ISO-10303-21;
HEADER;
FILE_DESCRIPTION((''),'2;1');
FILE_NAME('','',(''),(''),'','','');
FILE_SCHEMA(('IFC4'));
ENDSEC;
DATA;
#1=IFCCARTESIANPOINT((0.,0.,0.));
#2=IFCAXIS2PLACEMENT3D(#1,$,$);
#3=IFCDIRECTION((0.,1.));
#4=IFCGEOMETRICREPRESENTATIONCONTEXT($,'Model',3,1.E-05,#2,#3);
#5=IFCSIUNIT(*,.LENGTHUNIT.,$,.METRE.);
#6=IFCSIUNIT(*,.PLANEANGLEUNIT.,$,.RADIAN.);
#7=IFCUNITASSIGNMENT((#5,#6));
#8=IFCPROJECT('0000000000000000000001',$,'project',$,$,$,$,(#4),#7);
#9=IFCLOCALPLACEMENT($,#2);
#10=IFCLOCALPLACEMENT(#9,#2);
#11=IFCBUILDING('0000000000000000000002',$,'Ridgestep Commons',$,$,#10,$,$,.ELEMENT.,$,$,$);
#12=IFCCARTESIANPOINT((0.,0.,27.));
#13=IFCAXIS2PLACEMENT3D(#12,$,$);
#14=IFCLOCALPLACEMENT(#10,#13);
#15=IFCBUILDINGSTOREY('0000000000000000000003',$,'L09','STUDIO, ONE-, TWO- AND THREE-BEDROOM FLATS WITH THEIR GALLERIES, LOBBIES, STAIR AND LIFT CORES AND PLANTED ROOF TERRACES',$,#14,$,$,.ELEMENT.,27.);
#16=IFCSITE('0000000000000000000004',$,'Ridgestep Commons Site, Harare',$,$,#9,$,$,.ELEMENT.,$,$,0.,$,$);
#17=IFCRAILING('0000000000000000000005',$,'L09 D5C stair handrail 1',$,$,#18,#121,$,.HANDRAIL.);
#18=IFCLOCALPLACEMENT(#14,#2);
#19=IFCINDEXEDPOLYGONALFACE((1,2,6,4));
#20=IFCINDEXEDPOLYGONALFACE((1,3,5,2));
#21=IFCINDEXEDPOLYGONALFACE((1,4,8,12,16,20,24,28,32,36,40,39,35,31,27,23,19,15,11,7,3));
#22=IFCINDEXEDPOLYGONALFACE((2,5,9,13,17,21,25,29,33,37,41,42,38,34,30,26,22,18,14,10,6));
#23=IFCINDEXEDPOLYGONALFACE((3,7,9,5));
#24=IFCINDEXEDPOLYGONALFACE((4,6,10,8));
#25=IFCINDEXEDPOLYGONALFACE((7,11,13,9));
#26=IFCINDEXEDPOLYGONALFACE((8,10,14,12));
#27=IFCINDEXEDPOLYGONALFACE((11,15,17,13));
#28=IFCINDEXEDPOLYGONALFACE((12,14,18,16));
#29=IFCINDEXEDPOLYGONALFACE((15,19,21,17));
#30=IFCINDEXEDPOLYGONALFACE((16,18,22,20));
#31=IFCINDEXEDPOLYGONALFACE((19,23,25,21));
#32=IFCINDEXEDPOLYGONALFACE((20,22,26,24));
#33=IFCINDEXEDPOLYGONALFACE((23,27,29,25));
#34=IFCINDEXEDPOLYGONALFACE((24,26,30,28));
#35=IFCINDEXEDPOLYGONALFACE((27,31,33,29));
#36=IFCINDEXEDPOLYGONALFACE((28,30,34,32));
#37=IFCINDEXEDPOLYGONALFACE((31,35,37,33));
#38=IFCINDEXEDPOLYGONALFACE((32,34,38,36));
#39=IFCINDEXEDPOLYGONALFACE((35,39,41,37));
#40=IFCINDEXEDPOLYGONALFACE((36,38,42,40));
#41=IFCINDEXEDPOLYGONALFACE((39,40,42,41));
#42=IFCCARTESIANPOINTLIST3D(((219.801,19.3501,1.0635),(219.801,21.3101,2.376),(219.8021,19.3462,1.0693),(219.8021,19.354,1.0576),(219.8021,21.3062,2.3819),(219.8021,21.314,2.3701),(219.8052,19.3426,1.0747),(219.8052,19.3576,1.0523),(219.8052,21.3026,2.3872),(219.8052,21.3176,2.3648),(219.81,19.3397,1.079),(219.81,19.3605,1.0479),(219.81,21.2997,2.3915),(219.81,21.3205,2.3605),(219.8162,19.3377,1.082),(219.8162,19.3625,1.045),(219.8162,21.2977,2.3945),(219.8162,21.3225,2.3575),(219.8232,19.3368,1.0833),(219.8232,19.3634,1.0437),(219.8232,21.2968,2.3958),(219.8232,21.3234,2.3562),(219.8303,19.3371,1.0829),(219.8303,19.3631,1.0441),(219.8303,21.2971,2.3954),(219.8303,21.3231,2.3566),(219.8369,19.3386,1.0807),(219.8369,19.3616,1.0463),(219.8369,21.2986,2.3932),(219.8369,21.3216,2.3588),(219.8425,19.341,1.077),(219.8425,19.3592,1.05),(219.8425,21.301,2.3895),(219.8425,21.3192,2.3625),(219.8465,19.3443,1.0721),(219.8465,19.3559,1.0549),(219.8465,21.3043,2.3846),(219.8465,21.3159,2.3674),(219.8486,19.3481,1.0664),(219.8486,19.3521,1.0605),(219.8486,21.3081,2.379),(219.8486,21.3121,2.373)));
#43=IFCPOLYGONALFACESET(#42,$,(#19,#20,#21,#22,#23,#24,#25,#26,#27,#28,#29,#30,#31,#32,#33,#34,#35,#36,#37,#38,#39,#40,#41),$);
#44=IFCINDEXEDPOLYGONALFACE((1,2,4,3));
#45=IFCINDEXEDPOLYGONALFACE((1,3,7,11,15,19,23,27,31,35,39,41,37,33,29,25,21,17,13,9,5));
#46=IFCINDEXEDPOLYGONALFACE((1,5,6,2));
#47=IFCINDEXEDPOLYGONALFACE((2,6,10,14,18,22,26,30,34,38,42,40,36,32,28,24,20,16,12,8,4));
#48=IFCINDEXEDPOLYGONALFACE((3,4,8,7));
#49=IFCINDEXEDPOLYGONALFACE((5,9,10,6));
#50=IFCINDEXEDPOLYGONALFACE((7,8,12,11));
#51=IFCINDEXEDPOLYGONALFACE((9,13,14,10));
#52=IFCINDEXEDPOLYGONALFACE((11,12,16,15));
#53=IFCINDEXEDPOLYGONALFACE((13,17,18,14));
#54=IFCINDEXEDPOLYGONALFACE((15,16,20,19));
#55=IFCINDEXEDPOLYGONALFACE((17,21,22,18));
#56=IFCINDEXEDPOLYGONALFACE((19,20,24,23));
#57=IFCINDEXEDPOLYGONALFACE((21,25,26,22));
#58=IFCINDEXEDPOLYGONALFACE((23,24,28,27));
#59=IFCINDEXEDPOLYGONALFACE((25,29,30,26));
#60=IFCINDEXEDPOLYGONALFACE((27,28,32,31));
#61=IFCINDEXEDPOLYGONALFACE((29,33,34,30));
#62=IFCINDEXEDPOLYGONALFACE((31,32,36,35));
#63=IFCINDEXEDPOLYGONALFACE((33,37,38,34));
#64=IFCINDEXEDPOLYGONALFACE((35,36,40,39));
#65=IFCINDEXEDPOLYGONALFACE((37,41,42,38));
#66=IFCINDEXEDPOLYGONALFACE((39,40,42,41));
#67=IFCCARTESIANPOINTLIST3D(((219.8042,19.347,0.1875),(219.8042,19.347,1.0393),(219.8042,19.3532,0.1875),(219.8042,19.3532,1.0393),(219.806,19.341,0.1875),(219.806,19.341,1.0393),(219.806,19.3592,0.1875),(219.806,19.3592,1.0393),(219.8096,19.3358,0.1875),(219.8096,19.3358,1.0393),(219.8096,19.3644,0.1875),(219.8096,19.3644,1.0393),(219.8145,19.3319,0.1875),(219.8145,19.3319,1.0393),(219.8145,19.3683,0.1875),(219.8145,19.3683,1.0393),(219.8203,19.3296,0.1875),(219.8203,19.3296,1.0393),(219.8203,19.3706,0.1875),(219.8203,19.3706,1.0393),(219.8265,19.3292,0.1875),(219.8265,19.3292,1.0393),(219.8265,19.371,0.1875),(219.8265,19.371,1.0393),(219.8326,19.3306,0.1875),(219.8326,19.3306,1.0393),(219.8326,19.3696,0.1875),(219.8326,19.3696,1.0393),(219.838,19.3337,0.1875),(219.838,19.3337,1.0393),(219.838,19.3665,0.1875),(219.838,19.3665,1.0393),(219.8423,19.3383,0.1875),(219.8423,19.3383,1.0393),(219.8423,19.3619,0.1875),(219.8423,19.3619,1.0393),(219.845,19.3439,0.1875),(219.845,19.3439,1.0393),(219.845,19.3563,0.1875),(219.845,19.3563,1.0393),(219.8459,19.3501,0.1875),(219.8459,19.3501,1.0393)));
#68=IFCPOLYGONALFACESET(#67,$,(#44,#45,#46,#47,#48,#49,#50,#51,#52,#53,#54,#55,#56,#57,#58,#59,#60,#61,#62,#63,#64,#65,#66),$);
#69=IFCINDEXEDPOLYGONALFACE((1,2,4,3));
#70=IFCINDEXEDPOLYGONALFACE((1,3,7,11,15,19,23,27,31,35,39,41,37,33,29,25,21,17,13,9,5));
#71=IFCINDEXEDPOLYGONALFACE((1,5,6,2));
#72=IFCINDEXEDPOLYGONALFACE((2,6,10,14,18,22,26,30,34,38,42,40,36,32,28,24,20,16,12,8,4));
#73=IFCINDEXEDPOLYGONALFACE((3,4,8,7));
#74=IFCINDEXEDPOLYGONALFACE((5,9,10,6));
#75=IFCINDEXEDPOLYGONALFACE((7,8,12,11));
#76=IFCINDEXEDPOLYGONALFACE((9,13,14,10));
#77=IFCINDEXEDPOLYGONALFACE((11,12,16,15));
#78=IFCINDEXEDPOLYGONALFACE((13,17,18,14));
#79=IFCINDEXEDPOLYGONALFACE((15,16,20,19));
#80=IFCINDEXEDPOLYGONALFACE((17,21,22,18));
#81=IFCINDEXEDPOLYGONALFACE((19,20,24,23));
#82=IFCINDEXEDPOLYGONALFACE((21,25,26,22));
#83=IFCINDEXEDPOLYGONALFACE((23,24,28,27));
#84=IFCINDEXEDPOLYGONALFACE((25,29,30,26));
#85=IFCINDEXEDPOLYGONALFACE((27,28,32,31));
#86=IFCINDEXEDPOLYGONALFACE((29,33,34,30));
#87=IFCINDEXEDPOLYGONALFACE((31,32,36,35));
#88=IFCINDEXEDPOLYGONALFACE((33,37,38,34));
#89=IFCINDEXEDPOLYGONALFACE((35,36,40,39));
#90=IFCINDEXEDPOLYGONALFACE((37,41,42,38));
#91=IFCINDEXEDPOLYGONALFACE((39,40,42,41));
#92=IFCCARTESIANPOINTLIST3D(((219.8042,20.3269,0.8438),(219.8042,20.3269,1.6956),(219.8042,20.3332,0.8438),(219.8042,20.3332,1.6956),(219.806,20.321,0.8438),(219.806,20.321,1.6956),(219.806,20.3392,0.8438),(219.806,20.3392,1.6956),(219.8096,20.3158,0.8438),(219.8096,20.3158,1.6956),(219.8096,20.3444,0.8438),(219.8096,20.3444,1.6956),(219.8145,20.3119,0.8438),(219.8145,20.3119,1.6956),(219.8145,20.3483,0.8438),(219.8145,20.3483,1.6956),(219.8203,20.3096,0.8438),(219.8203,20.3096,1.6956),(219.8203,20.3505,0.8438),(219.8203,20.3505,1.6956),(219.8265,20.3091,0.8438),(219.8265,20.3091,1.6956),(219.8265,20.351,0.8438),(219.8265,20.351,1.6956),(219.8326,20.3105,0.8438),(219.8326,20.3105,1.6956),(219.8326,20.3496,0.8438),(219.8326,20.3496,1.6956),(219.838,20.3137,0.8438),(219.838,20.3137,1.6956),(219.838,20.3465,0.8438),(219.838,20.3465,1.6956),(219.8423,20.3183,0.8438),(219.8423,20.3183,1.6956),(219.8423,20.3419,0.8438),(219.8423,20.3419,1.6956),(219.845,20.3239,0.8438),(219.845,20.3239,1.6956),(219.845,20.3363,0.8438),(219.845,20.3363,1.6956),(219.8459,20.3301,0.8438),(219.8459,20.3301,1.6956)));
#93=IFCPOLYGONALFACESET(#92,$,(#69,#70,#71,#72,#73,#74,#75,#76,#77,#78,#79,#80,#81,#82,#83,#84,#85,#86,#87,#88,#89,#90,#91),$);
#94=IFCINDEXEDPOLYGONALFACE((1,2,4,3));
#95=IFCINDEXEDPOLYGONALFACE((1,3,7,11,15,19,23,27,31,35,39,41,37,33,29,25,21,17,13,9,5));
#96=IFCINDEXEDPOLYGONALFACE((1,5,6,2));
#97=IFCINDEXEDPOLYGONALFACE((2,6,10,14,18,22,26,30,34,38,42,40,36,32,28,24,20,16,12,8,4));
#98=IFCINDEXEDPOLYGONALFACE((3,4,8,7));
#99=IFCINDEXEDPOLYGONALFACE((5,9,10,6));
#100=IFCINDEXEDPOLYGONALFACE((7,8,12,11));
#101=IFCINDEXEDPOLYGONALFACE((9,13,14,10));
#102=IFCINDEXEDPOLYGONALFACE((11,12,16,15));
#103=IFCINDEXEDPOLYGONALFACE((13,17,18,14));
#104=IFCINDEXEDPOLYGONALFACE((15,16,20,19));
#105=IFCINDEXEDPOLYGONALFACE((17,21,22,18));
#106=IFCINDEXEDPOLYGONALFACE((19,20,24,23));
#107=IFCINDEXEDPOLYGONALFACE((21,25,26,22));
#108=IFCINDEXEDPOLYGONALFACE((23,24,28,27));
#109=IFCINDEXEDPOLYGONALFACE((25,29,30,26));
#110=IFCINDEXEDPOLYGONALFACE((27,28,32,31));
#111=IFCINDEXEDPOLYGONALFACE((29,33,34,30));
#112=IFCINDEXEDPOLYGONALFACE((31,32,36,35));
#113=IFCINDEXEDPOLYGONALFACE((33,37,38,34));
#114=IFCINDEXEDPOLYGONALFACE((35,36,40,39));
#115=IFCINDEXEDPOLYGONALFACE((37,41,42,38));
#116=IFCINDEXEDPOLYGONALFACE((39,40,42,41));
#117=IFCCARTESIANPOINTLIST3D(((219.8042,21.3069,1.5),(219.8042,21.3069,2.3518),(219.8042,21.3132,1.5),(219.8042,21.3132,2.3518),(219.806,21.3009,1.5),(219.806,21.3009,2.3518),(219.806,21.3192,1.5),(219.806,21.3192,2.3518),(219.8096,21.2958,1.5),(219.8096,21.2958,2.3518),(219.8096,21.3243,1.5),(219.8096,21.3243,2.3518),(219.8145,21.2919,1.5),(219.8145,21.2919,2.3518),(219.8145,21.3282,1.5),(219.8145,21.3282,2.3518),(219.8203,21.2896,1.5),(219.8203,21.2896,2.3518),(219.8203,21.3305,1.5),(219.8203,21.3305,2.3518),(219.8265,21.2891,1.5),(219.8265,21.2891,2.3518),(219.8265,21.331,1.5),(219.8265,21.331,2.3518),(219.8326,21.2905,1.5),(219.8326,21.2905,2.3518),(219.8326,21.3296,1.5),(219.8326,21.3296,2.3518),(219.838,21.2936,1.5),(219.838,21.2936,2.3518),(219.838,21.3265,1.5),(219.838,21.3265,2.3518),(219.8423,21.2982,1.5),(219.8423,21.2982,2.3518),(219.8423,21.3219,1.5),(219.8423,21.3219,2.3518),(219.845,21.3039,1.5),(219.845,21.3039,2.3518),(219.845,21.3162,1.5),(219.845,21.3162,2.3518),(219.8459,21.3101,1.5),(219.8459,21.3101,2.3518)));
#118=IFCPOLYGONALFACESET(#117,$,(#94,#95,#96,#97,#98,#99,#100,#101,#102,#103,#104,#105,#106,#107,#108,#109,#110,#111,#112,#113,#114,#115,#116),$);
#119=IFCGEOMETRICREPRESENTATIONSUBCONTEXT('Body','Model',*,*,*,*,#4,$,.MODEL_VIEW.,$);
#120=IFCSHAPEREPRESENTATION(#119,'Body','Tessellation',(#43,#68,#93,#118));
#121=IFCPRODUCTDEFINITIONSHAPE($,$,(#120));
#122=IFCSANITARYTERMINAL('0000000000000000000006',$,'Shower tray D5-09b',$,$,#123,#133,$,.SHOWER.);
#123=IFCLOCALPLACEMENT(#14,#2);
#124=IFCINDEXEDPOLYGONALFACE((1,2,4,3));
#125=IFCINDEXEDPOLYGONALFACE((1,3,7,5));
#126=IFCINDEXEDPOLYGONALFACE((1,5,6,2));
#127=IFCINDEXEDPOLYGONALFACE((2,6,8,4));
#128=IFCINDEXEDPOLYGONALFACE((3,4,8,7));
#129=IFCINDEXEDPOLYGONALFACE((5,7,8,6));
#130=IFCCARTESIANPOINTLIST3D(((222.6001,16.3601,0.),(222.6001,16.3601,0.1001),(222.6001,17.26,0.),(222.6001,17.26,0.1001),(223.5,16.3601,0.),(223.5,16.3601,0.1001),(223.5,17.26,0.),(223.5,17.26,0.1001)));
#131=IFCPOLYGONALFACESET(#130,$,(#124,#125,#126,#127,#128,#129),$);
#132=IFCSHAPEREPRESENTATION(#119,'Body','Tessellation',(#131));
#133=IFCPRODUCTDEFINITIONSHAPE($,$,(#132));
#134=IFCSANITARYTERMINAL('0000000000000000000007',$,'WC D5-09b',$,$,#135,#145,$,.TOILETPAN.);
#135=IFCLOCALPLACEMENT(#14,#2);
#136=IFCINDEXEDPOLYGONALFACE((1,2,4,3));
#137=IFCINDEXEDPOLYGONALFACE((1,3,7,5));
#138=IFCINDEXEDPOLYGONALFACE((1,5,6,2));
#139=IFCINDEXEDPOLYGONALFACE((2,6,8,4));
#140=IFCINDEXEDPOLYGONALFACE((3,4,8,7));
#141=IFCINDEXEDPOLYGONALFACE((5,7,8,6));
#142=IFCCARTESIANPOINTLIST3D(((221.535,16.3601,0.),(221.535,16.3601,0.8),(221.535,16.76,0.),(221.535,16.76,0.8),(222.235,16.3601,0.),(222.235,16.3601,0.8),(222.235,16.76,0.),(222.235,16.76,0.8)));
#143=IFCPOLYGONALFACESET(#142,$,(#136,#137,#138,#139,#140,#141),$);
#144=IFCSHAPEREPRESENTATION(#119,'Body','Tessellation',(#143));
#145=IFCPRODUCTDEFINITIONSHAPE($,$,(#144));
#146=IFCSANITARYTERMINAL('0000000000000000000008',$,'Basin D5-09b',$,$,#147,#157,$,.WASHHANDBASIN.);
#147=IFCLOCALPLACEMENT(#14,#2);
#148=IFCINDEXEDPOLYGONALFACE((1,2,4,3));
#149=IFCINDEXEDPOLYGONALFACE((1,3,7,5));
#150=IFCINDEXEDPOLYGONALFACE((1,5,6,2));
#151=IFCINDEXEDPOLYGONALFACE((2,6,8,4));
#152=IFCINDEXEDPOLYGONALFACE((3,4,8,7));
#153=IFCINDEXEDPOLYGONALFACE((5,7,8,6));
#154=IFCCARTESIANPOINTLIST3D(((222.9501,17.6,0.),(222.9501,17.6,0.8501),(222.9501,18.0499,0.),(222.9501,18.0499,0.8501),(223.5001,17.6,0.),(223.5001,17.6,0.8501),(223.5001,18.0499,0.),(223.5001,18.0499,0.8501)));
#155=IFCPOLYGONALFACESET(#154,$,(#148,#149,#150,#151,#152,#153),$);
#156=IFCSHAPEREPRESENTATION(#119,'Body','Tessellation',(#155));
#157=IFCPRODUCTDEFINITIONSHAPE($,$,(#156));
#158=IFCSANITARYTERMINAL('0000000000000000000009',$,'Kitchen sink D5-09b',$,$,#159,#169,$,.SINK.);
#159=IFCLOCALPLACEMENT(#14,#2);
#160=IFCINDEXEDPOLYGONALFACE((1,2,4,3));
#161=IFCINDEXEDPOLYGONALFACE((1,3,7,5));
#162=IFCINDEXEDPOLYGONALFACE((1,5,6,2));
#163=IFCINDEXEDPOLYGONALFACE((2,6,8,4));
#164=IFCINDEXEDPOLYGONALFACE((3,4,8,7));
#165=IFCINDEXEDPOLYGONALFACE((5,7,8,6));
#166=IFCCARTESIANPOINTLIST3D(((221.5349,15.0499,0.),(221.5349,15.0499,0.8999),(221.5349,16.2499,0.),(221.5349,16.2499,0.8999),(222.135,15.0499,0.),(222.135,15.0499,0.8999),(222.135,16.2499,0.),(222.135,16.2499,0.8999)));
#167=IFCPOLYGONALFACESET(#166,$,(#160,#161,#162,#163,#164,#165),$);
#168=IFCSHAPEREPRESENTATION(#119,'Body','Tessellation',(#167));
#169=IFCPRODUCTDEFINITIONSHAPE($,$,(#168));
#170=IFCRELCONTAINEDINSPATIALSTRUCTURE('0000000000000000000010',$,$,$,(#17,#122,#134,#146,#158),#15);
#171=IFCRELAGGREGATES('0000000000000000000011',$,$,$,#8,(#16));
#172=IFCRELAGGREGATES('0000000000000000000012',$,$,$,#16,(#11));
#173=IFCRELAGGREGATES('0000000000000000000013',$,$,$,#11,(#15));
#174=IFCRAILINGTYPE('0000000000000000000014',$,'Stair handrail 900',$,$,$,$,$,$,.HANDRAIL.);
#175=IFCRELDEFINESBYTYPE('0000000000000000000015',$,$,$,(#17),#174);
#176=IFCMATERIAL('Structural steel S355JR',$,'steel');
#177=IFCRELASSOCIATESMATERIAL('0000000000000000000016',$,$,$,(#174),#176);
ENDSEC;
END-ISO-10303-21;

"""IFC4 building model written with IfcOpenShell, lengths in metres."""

from ifc_helpers import new_model, si_unit, direction, frame, origin, origin_2d, place, context, subcontext, project, spatial, rectangle, circle, extrude, material, type_object, element, save


model = new_model("IFC4")

# Units and contexts
model_context = context("Model", 3, precision=1e-05, world=origin(), true_north=direction((0.0, 1.0)))
body_context = subcontext(model_context, "Body", "Model", "MODEL_VIEW")
ifc_project = project(units=[si_unit("LENGTHUNIT", "METRE"), si_unit("PLANEANGLEUNIT", "RADIAN")], contexts=[model_context])

# Site, building, storey
site_placement = place(None, origin())
site = spatial("IfcSite", under=ifc_project, at=site_placement, Name="Ridgestep Commons Site, Harare", CompositionType="ELEMENT", RefElevation=0.0)
building_placement = place(site_placement, origin())
building = spatial("IfcBuilding", under=site, at=building_placement, Name="Ridgestep Commons", CompositionType="ELEMENT")
storey_placement = place(building_placement, frame((0.0, 0.0, 27.0)))
storey = spatial("IfcBuildingStorey", under=building, at=storey_placement, Name="L09", Description="STUDIO, ONE-, TWO- AND THREE-BEDROOM FLATS WITH THEIR GALLERIES, LOBBIES, STAIR AND LIFT CORES AND PLANTED ROOF TERRACES", CompositionType="ELEMENT", Elevation=27.0)

# Railing
ifc_material_1 = material(Name="Structural steel S355JR", Category="steel")
railing_type_1 = type_object("IfcRailingType", Name="Stair handrail 900", PredefinedType="HANDRAIL", material=ifc_material_1)
railing_1_placement = place(storey_placement, frame((219.825, 19.3501, 0.1875)))
element("IfcRailing", 1, at=railing_1_placement, inside=storey, type_object=railing_type_1, Name="L09 D5C stair handrail 1", PredefinedType="HANDRAIL", context=body_context, shape_type="SweptSolid", body=[
    extrude(circle(Radius=0.0239, at=origin_2d()), frame((0.0, 0.0, 0.876), z_axis=(0.0, 0.830902, 0.556419), x_axis=(-1.0, 0.0, 0.0)), (0.0, 0.0, 1.0), 2.3589),
    extrude(circle(Radius=0.021, at=origin_2d()), origin(), (0.0, 0.0, 1.0), 0.8518),
    extrude(circle(Radius=0.021, at=origin_2d()), frame((0.0, 0.98, 0.6562)), (0.0, 0.0, 1.0), 0.8518),
    extrude(circle(Radius=0.021, at=origin_2d()), frame((0.0, 1.96, 1.3125)), (0.0, 0.0, 1.0), 0.8518),
])

# Sanitary terminals
sanitary_terminal_1_placement = place(storey_placement, frame((223.05, 16.8101, 0.0), z_axis=(0.0, 0.0, 1.0), x_axis=(1.0, 0.0, 0.0)))
element("IfcSanitaryTerminal", 2, at=sanitary_terminal_1_placement, inside=storey, Name="Shower tray D5-09b", PredefinedType="SHOWER", context=body_context, shape_type="SweptSolid", body=[
    extrude(rectangle(XDim=0.8999, YDim=0.8999, at=origin_2d()), origin(), (0.0, 0.0, 1.0), 0.1001),
])
sanitary_terminal_2_placement = place(storey_placement, frame((221.885, 16.5601, 0.0), z_axis=(0.0, 0.0, 1.0), x_axis=(1.0, 0.0, 0.0)))
element("IfcSanitaryTerminal", 3, at=sanitary_terminal_2_placement, inside=storey, Name="WC D5-09b", PredefinedType="TOILETPAN", context=body_context, shape_type="SweptSolid", body=[
    extrude(rectangle(XDim=0.7, YDim=0.3999, at=origin_2d()), origin(), (0.0, 0.0, 1.0), 0.8),
])
sanitary_terminal_3_placement = place(storey_placement, frame((223.2251, 17.825, 0.0), z_axis=(0.0, 0.0, 1.0), x_axis=(1.0, 0.0, 0.0)))
element("IfcSanitaryTerminal", 4, at=sanitary_terminal_3_placement, inside=storey, Name="Basin D5-09b", PredefinedType="WASHHANDBASIN", context=body_context, shape_type="SweptSolid", body=[
    extrude(rectangle(XDim=0.55, YDim=0.45, at=origin_2d()), origin(), (0.0, 0.0, 1.0), 0.8501),
])
sanitary_terminal_4_placement = place(storey_placement, frame((221.835, 15.6499, 0.0), z_axis=(0.0, 0.0, 1.0), x_axis=(1.0, 0.0, 0.0)))
element("IfcSanitaryTerminal", 5, at=sanitary_terminal_4_placement, inside=storey, Name="Kitchen sink D5-09b", PredefinedType="SINK", context=body_context, shape_type="SweptSolid", body=[
    extrude(rectangle(XDim=0.6001, YDim=1.2, at=origin_2d()), origin(), (0.0, 0.0, 1.0), 0.8999),
])

save(model, "model.ifc")
